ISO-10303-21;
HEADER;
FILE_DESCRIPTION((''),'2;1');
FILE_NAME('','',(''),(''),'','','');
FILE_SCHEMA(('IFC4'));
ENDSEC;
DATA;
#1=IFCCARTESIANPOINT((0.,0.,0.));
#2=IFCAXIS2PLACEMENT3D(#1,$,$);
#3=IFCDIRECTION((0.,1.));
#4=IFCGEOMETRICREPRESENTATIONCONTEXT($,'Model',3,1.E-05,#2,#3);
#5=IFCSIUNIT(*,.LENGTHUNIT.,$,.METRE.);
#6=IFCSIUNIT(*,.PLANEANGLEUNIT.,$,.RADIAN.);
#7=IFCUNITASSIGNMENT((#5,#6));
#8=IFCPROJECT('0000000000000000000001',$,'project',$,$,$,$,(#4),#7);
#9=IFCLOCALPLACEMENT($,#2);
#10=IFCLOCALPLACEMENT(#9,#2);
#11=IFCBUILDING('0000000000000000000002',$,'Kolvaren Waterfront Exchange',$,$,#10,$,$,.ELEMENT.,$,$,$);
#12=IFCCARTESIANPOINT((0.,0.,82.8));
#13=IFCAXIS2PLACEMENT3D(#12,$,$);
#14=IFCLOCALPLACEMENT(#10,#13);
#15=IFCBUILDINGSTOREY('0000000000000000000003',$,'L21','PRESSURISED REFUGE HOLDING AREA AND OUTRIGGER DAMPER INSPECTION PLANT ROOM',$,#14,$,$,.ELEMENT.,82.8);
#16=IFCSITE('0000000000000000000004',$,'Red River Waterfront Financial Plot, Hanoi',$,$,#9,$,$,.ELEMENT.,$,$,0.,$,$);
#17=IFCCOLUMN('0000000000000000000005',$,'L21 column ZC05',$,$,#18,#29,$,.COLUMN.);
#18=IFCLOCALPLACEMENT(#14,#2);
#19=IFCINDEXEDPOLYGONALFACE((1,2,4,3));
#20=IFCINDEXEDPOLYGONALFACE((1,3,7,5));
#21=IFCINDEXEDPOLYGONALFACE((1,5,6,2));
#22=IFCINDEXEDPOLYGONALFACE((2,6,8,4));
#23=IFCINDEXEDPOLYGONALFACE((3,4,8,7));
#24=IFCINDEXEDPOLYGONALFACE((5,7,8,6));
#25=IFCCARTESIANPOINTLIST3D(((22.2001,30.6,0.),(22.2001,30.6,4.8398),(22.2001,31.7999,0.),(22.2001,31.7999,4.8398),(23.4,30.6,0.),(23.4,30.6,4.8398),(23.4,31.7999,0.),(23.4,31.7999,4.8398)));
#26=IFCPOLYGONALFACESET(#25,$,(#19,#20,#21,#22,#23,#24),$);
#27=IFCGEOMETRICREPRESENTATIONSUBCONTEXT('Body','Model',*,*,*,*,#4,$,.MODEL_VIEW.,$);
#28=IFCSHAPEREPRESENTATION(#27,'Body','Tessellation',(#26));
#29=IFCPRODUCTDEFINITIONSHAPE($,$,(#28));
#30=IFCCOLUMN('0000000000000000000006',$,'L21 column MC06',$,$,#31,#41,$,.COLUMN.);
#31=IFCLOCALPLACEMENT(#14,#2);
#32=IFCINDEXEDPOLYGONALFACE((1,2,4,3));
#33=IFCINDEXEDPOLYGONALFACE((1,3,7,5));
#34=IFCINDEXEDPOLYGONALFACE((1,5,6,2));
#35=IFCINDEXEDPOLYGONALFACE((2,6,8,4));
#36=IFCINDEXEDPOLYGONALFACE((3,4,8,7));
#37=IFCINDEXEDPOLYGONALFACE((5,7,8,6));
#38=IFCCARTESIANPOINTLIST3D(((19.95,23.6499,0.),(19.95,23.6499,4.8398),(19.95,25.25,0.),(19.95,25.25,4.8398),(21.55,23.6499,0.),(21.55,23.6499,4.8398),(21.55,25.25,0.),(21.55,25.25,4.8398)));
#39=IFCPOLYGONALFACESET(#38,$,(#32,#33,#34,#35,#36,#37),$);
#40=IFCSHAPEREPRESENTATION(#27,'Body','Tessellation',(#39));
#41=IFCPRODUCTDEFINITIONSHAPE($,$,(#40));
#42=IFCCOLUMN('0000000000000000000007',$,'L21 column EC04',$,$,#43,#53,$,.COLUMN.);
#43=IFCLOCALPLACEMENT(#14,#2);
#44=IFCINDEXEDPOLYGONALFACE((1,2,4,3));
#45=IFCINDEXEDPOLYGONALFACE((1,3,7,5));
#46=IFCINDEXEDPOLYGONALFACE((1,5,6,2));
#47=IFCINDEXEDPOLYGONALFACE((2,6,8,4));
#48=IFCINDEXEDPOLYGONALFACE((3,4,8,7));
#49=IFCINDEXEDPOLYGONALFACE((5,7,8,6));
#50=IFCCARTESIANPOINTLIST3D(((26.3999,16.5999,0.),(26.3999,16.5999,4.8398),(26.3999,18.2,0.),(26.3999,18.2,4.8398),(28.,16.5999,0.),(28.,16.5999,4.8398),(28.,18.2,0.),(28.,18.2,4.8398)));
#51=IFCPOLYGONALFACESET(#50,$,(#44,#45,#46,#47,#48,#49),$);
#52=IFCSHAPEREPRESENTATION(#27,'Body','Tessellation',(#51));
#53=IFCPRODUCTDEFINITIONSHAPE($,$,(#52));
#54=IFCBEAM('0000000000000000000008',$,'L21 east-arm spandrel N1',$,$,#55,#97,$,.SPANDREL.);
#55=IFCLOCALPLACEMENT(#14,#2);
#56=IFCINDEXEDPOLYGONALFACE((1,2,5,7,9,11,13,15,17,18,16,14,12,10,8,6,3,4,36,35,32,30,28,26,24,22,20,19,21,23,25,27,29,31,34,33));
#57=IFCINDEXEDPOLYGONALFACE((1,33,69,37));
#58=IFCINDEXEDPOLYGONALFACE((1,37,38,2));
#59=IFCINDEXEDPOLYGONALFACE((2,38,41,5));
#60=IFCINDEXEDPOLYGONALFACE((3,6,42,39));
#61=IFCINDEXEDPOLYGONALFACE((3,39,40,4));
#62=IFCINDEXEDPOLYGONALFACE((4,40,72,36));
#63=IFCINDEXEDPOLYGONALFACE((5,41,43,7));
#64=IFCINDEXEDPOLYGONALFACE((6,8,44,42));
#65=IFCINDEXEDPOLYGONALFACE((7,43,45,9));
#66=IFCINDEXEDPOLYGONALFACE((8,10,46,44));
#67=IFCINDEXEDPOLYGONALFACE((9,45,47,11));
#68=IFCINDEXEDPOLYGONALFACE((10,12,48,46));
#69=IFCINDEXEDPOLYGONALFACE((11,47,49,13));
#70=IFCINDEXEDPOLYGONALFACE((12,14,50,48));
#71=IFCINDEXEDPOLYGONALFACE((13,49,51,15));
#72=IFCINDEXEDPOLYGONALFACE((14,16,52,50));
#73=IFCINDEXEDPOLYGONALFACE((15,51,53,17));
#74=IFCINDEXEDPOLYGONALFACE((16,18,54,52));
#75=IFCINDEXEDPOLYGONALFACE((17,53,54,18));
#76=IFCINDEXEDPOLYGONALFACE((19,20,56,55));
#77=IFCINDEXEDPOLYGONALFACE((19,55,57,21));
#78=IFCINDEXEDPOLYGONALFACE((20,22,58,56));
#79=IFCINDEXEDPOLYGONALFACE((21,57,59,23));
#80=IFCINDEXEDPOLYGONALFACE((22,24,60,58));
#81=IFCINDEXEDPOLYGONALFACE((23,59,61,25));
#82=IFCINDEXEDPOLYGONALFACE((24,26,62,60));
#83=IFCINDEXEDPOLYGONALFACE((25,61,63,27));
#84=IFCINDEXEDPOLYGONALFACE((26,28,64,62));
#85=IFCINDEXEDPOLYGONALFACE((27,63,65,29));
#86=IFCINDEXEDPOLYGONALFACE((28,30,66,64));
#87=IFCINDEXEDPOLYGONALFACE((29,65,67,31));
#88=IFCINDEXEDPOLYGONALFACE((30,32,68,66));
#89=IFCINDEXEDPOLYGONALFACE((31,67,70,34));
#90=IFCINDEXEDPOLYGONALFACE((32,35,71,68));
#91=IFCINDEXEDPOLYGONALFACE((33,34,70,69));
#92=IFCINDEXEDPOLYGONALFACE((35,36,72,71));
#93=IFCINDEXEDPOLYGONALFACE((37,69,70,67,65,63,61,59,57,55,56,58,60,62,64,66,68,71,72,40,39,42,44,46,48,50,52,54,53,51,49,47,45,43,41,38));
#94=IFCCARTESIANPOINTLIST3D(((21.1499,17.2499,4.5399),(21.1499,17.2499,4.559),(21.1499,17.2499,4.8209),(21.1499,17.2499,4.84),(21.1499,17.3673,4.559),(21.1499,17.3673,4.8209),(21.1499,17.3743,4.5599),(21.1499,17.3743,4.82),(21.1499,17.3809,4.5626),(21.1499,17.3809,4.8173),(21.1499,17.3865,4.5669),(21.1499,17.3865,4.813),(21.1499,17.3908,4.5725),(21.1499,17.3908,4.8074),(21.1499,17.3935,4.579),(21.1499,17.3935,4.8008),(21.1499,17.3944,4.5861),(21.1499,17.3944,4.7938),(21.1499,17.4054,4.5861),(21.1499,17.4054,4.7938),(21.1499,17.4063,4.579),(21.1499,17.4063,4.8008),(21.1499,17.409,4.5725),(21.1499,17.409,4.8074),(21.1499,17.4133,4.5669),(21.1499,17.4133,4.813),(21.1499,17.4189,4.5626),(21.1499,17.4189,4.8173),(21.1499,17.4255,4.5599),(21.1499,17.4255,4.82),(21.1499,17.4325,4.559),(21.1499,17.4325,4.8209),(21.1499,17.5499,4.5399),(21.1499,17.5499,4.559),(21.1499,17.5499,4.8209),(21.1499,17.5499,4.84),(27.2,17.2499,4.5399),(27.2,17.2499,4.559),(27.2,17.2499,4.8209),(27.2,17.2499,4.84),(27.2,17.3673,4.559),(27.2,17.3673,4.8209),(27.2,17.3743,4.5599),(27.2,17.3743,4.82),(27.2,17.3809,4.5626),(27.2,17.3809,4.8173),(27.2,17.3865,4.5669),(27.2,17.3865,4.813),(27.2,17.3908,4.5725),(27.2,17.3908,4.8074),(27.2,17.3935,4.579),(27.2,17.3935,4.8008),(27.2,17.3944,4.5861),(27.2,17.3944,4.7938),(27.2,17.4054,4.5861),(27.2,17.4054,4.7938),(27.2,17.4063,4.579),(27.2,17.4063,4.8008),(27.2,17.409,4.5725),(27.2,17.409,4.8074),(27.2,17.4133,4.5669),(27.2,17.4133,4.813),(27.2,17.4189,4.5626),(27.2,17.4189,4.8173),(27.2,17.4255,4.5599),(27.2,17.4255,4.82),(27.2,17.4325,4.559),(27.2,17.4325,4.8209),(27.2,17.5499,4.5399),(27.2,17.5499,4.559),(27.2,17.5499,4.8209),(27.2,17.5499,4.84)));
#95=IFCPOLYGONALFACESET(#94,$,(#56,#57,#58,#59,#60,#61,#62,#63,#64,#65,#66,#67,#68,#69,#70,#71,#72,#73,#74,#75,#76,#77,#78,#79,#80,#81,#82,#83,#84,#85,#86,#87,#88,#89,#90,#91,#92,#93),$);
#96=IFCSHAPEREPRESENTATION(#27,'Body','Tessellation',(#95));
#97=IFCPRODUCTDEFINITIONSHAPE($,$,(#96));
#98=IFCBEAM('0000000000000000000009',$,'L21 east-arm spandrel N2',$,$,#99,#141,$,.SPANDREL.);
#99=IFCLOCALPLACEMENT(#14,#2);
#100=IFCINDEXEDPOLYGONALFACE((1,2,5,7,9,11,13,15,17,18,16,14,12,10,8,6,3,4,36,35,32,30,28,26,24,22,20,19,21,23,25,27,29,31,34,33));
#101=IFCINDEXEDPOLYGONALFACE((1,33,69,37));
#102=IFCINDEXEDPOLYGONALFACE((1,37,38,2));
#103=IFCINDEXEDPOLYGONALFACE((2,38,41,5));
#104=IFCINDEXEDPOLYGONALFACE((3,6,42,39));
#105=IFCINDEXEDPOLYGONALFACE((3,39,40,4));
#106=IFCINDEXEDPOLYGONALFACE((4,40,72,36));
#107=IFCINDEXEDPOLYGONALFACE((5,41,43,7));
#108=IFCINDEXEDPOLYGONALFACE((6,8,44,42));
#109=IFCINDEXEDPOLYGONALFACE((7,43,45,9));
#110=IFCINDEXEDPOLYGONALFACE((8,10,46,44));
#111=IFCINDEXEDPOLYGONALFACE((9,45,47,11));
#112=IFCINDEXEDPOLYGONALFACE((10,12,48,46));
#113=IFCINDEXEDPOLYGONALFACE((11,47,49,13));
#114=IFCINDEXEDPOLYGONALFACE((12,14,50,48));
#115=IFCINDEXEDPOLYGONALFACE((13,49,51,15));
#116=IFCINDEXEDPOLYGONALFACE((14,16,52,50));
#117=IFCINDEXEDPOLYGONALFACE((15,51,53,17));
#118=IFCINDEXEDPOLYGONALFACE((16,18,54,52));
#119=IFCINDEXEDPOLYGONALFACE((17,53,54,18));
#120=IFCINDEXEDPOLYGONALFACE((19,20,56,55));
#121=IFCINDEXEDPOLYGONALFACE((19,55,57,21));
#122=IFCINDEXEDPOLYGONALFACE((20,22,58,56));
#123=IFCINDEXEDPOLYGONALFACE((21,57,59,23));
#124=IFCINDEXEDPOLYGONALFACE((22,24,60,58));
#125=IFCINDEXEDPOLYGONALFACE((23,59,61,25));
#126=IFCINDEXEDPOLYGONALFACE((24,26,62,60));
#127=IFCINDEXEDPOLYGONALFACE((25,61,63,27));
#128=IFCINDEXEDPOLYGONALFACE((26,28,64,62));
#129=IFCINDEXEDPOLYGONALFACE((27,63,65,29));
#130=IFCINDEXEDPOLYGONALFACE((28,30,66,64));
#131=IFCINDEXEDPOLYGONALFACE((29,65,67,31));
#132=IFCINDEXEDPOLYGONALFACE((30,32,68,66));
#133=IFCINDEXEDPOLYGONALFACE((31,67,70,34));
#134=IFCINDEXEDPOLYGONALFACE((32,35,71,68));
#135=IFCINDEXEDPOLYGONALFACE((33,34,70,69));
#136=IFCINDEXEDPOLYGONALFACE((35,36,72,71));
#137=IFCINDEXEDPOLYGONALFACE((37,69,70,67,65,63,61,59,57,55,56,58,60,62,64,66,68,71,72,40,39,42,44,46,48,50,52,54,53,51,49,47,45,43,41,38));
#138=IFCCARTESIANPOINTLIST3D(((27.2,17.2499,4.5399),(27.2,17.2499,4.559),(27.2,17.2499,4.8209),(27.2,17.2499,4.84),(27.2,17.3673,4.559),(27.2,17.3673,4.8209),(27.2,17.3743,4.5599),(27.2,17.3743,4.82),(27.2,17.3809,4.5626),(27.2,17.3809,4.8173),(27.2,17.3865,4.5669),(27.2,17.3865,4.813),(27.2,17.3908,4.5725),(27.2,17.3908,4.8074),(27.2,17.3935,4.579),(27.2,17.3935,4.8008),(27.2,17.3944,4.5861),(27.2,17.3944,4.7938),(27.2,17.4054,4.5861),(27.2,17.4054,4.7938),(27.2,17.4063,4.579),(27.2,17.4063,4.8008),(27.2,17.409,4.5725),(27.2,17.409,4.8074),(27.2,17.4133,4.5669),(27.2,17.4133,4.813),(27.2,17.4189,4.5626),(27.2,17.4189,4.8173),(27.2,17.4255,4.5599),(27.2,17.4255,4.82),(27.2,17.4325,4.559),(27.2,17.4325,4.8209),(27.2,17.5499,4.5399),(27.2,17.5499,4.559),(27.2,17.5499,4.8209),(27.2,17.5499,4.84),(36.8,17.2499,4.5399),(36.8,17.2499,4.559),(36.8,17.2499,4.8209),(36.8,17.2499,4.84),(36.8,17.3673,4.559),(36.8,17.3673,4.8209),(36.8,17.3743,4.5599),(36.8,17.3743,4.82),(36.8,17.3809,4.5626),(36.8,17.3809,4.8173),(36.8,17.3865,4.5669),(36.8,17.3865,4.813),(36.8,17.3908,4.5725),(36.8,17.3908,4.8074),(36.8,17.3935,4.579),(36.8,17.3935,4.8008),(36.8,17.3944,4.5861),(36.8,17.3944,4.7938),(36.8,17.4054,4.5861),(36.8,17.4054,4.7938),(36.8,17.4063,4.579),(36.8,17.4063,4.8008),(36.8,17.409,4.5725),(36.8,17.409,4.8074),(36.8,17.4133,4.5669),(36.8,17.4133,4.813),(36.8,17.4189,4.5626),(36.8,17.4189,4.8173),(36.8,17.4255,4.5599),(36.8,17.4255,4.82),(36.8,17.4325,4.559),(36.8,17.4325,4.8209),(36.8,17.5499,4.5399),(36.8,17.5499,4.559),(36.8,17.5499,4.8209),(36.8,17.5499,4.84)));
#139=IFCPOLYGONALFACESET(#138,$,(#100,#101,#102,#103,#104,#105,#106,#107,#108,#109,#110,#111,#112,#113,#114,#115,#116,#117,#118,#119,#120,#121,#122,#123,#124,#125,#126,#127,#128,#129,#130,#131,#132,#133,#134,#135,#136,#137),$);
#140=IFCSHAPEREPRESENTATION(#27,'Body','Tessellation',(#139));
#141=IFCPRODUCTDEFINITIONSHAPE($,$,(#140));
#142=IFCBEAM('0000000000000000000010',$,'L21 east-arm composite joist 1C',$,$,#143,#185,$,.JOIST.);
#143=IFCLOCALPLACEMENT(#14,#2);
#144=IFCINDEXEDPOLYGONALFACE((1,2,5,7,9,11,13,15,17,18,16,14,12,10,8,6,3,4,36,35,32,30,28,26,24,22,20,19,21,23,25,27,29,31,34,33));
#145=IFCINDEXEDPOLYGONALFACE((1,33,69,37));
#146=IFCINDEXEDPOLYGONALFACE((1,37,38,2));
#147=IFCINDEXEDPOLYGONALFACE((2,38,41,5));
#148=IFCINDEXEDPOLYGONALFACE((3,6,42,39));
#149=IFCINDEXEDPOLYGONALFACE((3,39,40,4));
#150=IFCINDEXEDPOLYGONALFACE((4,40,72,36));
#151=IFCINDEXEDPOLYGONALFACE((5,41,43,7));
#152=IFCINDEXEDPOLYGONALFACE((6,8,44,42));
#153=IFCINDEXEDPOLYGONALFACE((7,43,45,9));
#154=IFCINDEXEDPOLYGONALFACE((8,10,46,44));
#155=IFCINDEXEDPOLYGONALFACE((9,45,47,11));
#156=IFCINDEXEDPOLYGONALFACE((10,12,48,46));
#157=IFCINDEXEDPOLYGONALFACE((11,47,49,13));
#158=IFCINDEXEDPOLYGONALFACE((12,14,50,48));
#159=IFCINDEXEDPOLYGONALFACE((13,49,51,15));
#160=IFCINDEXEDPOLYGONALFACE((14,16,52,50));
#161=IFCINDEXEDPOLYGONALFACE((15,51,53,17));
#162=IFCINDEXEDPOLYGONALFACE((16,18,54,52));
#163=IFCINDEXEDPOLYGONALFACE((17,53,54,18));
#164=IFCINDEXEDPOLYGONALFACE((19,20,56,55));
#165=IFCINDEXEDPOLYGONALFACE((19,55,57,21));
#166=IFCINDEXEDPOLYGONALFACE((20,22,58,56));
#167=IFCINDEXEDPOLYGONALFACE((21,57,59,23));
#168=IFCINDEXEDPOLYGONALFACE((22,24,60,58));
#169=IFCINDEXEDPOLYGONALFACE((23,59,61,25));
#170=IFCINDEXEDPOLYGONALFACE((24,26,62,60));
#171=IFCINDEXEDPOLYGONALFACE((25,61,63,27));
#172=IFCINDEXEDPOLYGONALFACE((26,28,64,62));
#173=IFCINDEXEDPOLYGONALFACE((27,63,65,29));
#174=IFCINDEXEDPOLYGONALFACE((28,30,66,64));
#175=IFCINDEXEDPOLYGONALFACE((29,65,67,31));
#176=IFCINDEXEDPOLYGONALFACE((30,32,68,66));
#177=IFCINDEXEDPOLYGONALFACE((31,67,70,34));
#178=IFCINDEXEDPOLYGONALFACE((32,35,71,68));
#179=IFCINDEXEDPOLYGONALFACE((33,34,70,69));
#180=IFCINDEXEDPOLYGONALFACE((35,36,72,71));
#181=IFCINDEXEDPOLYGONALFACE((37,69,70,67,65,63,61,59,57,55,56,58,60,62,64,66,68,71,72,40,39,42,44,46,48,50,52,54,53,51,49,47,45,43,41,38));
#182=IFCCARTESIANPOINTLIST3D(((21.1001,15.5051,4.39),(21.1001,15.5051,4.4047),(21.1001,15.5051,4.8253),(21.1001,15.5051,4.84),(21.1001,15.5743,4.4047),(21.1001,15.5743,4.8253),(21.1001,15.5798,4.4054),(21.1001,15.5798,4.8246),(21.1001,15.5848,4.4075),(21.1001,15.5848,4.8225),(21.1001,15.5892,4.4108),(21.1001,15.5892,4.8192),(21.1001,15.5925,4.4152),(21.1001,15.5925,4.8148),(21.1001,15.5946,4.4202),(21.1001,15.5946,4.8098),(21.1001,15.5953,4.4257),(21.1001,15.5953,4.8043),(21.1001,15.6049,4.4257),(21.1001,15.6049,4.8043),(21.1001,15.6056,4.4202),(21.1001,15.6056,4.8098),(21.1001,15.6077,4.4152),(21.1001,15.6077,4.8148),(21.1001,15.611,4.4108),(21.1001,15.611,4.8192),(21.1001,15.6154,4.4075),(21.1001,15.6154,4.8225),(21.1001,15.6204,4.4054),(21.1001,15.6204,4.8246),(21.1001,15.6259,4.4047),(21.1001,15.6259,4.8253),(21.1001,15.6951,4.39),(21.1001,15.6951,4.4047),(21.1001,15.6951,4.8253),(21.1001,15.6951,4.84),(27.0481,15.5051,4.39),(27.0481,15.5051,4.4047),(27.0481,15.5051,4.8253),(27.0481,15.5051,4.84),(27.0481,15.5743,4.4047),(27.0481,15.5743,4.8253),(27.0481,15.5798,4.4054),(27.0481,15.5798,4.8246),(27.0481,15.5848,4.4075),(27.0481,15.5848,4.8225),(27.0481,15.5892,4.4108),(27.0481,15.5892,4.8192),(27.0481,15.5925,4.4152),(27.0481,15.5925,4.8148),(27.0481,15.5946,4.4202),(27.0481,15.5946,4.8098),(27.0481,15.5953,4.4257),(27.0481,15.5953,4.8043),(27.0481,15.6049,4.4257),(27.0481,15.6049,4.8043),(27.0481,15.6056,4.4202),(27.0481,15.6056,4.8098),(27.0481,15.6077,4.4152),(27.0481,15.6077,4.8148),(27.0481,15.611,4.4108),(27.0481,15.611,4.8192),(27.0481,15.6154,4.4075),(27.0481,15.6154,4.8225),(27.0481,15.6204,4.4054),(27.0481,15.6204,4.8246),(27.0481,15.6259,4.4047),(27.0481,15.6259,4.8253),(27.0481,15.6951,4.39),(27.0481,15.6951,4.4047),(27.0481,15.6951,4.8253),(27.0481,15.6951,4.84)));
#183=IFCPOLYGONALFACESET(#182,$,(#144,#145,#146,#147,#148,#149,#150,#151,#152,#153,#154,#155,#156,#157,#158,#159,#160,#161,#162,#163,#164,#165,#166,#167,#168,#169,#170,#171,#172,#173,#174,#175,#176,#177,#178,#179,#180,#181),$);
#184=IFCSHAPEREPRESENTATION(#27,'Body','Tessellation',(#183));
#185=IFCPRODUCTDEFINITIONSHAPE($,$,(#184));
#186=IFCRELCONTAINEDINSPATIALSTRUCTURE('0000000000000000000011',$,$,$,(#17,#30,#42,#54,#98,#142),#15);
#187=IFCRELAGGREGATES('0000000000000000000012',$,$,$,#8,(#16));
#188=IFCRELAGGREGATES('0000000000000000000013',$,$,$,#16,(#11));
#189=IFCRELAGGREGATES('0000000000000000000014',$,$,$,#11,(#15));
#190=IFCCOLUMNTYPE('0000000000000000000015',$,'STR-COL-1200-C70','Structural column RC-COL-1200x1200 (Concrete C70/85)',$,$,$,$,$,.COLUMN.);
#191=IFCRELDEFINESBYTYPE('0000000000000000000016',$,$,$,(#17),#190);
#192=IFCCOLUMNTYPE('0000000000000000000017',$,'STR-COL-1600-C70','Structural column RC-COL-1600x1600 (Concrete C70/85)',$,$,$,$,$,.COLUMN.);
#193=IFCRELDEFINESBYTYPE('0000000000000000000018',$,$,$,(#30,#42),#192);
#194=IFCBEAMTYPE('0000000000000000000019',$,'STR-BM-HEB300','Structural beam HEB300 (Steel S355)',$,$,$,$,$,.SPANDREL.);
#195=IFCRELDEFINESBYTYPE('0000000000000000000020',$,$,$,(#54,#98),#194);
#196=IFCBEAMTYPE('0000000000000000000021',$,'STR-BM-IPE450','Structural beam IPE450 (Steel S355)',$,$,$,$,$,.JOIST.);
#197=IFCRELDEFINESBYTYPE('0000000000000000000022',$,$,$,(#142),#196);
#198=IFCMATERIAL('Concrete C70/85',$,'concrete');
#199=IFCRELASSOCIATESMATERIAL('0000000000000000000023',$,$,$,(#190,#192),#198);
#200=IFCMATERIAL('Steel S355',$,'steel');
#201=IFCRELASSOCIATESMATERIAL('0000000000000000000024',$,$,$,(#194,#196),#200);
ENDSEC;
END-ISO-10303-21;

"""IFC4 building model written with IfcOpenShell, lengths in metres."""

from ifc_helpers import new_model, si_unit, direction, frame, origin, origin_2d, place, context, subcontext, project, spatial, rectangle, i_section, extrude, material, material_profile, profile_set, type_object, element, save


model = new_model("IFC4")

# Units and contexts
model_context = context("Model", 3, precision=1e-05, world=origin(), true_north=direction((0.0, 1.0)))
body_context = subcontext(model_context, "Body", "Model", "MODEL_VIEW")
ifc_project = project(units=[si_unit("LENGTHUNIT", "METRE"), si_unit("PLANEANGLEUNIT", "RADIAN")], contexts=[model_context])

# Site, building, storey
site_placement = place(None, origin())
site = spatial("IfcSite", under=ifc_project, at=site_placement, Name="Red River Waterfront Financial Plot, Hanoi", CompositionType="ELEMENT", RefElevation=0.0)
building_placement = place(site_placement, origin())
building = spatial("IfcBuilding", under=site, at=building_placement, Name="Kolvaren Waterfront Exchange", CompositionType="ELEMENT")
storey_placement = place(building_placement, frame((0.0, 0.0, 82.8)))
storey = spatial("IfcBuildingStorey", under=building, at=storey_placement, Name="L21", Description="PRESSURISED REFUGE HOLDING AREA AND OUTRIGGER DAMPER INSPECTION PLANT ROOM", CompositionType="ELEMENT", Elevation=82.8)

# Columns
ifc_material_1 = material(Name="Concrete C70/85", Category="concrete")
ifc_material_profile_1 = material_profile(ifc_material_1, rectangle(XDim=1.2, YDim=1.2, at=origin_2d()), Name="RC-COL-1200x1200")
ifc_profile_set_1 = profile_set([ifc_material_profile_1], Name="Concrete C70/85")
column_type_1 = type_object("IfcColumnType", Name="STR-COL-1200-C70", Description="Structural column RC-COL-1200x1200 (Concrete C70/85)", PredefinedType="COLUMN", material=ifc_profile_set_1)
column_placement = place(storey_placement, frame((22.8, 31.2, 0.0), z_axis=(0.0, 0.0, 1.0), x_axis=(1.0, 0.0, 0.0)))
element("IfcColumn", 1, at=column_placement, inside=storey, type_object=column_type_1, Name="L21 column ZC05", PredefinedType="COLUMN", context=body_context, shape_type="SweptSolid", body=[
    extrude(rectangle(XDim=1.2, YDim=1.2, at=origin_2d()), origin(), (0.0, 0.0, 1.0), 4.8398),
])
ifc_material_profile_2 = material_profile(ifc_material_1, rectangle(XDim=1.6001, YDim=1.6001, at=origin_2d()), Name="RC-COL-1600x1600")
ifc_profile_set_2 = profile_set([ifc_material_profile_2], Name="Concrete C70/85")
column_type_2 = type_object("IfcColumnType", Name="STR-COL-1600-C70", Description="Structural column RC-COL-1600x1600 (Concrete C70/85)", PredefinedType="COLUMN", material=ifc_profile_set_2)
for number, where, z_axis, x_axis, name in (
    (2, (20.75, 24.45, 0.0), (0.0, 0.0, 1.0), (1.0, 0.0, 0.0), "L21 column MC06"),
    (3, (27.2, 17.3999, 0.0), (0.0, 0.0, 1.0), (1.0, 0.0, 0.0), "L21 column EC04"),
):
    element("IfcColumn", number, at=place(storey_placement, frame(where, z_axis=z_axis, x_axis=x_axis)), inside=storey, type_object=column_type_2, Name=name, PredefinedType="COLUMN", context=body_context, shape_type="SweptSolid", body=[
        extrude(rectangle(XDim=1.6001, YDim=1.6001, at=origin_2d()), origin(), (0.0, 0.0, 1.0), 4.8398),
    ])

# Beams
ifc_material_2 = material(Name="Steel S355", Category="steel")
ifc_material_profile_3 = material_profile(ifc_material_2, i_section(OverallWidth=0.3, OverallDepth=0.3, WebThickness=0.011, FlangeThickness=0.019, FilletRadius=0.0271, at=origin_2d()), Name="HEB300")
ifc_profile_set_3 = profile_set([ifc_material_profile_3], Name="Steel S355")
beam_type_1 = type_object("IfcBeamType", Name="STR-BM-HEB300", Description="Structural beam HEB300 (Steel S355)", PredefinedType="SPANDREL", material=ifc_profile_set_3)
beam_1_placement = place(storey_placement, frame((21.1499, 17.3999, 4.6899), z_axis=(1.0, 0.0, 0.0), x_axis=(0.0, 1.0, 0.0)))
element("IfcBeam", 4, at=beam_1_placement, inside=storey, type_object=beam_type_1, Name="L21 east-arm spandrel N1", PredefinedType="SPANDREL", context=body_context, shape_type="SweptSolid", body=[
    extrude(i_section(OverallWidth=0.3, OverallDepth=0.3, WebThickness=0.011, FlangeThickness=0.019, FilletRadius=0.0271, at=origin_2d()), origin(), (0.0, 0.0, 1.0), 6.05),
])
beam_2_placement = place(storey_placement, frame((27.2, 17.3999, 4.6899), z_axis=(1.0, 0.0, 0.0), x_axis=(0.0, 1.0, 0.0)))
element("IfcBeam", 5, at=beam_2_placement, inside=storey, type_object=beam_type_1, Name="L21 east-arm spandrel N2", PredefinedType="SPANDREL", context=body_context, shape_type="SweptSolid", body=[
    extrude(i_section(OverallWidth=0.3, OverallDepth=0.3, WebThickness=0.011, FlangeThickness=0.019, FilletRadius=0.0271, at=origin_2d()), origin(), (0.0, 0.0, 1.0), 9.6001),
])
ifc_material_profile_4 = material_profile(ifc_material_2, i_section(OverallWidth=0.1899, OverallDepth=0.45, WebThickness=0.0095, FlangeThickness=0.0146, FilletRadius=0.021, at=origin_2d()), Name="IPE450")
ifc_profile_set_4 = profile_set([ifc_material_profile_4], Name="Steel S355")
beam_type_2 = type_object("IfcBeamType", Name="STR-BM-IPE450", Description="Structural beam IPE450 (Steel S355)", PredefinedType="JOIST", material=ifc_profile_set_4)
beam_3_placement = place(storey_placement, frame((21.1001, 15.6001, 4.615), z_axis=(1.0, 0.0, 0.0), x_axis=(0.0, 1.0, 0.0)))
element("IfcBeam", 6, at=beam_3_placement, inside=storey, type_object=beam_type_2, Name="L21 east-arm composite joist 1C", PredefinedType="JOIST", context=body_context, shape_type="SweptSolid", body=[
    extrude(i_section(OverallWidth=0.1899, OverallDepth=0.45, WebThickness=0.0095, FlangeThickness=0.0146, FilletRadius=0.021, at=origin_2d()), origin(), (0.0, 0.0, 1.0), 5.948),
])

save(model, "model.ifc")
